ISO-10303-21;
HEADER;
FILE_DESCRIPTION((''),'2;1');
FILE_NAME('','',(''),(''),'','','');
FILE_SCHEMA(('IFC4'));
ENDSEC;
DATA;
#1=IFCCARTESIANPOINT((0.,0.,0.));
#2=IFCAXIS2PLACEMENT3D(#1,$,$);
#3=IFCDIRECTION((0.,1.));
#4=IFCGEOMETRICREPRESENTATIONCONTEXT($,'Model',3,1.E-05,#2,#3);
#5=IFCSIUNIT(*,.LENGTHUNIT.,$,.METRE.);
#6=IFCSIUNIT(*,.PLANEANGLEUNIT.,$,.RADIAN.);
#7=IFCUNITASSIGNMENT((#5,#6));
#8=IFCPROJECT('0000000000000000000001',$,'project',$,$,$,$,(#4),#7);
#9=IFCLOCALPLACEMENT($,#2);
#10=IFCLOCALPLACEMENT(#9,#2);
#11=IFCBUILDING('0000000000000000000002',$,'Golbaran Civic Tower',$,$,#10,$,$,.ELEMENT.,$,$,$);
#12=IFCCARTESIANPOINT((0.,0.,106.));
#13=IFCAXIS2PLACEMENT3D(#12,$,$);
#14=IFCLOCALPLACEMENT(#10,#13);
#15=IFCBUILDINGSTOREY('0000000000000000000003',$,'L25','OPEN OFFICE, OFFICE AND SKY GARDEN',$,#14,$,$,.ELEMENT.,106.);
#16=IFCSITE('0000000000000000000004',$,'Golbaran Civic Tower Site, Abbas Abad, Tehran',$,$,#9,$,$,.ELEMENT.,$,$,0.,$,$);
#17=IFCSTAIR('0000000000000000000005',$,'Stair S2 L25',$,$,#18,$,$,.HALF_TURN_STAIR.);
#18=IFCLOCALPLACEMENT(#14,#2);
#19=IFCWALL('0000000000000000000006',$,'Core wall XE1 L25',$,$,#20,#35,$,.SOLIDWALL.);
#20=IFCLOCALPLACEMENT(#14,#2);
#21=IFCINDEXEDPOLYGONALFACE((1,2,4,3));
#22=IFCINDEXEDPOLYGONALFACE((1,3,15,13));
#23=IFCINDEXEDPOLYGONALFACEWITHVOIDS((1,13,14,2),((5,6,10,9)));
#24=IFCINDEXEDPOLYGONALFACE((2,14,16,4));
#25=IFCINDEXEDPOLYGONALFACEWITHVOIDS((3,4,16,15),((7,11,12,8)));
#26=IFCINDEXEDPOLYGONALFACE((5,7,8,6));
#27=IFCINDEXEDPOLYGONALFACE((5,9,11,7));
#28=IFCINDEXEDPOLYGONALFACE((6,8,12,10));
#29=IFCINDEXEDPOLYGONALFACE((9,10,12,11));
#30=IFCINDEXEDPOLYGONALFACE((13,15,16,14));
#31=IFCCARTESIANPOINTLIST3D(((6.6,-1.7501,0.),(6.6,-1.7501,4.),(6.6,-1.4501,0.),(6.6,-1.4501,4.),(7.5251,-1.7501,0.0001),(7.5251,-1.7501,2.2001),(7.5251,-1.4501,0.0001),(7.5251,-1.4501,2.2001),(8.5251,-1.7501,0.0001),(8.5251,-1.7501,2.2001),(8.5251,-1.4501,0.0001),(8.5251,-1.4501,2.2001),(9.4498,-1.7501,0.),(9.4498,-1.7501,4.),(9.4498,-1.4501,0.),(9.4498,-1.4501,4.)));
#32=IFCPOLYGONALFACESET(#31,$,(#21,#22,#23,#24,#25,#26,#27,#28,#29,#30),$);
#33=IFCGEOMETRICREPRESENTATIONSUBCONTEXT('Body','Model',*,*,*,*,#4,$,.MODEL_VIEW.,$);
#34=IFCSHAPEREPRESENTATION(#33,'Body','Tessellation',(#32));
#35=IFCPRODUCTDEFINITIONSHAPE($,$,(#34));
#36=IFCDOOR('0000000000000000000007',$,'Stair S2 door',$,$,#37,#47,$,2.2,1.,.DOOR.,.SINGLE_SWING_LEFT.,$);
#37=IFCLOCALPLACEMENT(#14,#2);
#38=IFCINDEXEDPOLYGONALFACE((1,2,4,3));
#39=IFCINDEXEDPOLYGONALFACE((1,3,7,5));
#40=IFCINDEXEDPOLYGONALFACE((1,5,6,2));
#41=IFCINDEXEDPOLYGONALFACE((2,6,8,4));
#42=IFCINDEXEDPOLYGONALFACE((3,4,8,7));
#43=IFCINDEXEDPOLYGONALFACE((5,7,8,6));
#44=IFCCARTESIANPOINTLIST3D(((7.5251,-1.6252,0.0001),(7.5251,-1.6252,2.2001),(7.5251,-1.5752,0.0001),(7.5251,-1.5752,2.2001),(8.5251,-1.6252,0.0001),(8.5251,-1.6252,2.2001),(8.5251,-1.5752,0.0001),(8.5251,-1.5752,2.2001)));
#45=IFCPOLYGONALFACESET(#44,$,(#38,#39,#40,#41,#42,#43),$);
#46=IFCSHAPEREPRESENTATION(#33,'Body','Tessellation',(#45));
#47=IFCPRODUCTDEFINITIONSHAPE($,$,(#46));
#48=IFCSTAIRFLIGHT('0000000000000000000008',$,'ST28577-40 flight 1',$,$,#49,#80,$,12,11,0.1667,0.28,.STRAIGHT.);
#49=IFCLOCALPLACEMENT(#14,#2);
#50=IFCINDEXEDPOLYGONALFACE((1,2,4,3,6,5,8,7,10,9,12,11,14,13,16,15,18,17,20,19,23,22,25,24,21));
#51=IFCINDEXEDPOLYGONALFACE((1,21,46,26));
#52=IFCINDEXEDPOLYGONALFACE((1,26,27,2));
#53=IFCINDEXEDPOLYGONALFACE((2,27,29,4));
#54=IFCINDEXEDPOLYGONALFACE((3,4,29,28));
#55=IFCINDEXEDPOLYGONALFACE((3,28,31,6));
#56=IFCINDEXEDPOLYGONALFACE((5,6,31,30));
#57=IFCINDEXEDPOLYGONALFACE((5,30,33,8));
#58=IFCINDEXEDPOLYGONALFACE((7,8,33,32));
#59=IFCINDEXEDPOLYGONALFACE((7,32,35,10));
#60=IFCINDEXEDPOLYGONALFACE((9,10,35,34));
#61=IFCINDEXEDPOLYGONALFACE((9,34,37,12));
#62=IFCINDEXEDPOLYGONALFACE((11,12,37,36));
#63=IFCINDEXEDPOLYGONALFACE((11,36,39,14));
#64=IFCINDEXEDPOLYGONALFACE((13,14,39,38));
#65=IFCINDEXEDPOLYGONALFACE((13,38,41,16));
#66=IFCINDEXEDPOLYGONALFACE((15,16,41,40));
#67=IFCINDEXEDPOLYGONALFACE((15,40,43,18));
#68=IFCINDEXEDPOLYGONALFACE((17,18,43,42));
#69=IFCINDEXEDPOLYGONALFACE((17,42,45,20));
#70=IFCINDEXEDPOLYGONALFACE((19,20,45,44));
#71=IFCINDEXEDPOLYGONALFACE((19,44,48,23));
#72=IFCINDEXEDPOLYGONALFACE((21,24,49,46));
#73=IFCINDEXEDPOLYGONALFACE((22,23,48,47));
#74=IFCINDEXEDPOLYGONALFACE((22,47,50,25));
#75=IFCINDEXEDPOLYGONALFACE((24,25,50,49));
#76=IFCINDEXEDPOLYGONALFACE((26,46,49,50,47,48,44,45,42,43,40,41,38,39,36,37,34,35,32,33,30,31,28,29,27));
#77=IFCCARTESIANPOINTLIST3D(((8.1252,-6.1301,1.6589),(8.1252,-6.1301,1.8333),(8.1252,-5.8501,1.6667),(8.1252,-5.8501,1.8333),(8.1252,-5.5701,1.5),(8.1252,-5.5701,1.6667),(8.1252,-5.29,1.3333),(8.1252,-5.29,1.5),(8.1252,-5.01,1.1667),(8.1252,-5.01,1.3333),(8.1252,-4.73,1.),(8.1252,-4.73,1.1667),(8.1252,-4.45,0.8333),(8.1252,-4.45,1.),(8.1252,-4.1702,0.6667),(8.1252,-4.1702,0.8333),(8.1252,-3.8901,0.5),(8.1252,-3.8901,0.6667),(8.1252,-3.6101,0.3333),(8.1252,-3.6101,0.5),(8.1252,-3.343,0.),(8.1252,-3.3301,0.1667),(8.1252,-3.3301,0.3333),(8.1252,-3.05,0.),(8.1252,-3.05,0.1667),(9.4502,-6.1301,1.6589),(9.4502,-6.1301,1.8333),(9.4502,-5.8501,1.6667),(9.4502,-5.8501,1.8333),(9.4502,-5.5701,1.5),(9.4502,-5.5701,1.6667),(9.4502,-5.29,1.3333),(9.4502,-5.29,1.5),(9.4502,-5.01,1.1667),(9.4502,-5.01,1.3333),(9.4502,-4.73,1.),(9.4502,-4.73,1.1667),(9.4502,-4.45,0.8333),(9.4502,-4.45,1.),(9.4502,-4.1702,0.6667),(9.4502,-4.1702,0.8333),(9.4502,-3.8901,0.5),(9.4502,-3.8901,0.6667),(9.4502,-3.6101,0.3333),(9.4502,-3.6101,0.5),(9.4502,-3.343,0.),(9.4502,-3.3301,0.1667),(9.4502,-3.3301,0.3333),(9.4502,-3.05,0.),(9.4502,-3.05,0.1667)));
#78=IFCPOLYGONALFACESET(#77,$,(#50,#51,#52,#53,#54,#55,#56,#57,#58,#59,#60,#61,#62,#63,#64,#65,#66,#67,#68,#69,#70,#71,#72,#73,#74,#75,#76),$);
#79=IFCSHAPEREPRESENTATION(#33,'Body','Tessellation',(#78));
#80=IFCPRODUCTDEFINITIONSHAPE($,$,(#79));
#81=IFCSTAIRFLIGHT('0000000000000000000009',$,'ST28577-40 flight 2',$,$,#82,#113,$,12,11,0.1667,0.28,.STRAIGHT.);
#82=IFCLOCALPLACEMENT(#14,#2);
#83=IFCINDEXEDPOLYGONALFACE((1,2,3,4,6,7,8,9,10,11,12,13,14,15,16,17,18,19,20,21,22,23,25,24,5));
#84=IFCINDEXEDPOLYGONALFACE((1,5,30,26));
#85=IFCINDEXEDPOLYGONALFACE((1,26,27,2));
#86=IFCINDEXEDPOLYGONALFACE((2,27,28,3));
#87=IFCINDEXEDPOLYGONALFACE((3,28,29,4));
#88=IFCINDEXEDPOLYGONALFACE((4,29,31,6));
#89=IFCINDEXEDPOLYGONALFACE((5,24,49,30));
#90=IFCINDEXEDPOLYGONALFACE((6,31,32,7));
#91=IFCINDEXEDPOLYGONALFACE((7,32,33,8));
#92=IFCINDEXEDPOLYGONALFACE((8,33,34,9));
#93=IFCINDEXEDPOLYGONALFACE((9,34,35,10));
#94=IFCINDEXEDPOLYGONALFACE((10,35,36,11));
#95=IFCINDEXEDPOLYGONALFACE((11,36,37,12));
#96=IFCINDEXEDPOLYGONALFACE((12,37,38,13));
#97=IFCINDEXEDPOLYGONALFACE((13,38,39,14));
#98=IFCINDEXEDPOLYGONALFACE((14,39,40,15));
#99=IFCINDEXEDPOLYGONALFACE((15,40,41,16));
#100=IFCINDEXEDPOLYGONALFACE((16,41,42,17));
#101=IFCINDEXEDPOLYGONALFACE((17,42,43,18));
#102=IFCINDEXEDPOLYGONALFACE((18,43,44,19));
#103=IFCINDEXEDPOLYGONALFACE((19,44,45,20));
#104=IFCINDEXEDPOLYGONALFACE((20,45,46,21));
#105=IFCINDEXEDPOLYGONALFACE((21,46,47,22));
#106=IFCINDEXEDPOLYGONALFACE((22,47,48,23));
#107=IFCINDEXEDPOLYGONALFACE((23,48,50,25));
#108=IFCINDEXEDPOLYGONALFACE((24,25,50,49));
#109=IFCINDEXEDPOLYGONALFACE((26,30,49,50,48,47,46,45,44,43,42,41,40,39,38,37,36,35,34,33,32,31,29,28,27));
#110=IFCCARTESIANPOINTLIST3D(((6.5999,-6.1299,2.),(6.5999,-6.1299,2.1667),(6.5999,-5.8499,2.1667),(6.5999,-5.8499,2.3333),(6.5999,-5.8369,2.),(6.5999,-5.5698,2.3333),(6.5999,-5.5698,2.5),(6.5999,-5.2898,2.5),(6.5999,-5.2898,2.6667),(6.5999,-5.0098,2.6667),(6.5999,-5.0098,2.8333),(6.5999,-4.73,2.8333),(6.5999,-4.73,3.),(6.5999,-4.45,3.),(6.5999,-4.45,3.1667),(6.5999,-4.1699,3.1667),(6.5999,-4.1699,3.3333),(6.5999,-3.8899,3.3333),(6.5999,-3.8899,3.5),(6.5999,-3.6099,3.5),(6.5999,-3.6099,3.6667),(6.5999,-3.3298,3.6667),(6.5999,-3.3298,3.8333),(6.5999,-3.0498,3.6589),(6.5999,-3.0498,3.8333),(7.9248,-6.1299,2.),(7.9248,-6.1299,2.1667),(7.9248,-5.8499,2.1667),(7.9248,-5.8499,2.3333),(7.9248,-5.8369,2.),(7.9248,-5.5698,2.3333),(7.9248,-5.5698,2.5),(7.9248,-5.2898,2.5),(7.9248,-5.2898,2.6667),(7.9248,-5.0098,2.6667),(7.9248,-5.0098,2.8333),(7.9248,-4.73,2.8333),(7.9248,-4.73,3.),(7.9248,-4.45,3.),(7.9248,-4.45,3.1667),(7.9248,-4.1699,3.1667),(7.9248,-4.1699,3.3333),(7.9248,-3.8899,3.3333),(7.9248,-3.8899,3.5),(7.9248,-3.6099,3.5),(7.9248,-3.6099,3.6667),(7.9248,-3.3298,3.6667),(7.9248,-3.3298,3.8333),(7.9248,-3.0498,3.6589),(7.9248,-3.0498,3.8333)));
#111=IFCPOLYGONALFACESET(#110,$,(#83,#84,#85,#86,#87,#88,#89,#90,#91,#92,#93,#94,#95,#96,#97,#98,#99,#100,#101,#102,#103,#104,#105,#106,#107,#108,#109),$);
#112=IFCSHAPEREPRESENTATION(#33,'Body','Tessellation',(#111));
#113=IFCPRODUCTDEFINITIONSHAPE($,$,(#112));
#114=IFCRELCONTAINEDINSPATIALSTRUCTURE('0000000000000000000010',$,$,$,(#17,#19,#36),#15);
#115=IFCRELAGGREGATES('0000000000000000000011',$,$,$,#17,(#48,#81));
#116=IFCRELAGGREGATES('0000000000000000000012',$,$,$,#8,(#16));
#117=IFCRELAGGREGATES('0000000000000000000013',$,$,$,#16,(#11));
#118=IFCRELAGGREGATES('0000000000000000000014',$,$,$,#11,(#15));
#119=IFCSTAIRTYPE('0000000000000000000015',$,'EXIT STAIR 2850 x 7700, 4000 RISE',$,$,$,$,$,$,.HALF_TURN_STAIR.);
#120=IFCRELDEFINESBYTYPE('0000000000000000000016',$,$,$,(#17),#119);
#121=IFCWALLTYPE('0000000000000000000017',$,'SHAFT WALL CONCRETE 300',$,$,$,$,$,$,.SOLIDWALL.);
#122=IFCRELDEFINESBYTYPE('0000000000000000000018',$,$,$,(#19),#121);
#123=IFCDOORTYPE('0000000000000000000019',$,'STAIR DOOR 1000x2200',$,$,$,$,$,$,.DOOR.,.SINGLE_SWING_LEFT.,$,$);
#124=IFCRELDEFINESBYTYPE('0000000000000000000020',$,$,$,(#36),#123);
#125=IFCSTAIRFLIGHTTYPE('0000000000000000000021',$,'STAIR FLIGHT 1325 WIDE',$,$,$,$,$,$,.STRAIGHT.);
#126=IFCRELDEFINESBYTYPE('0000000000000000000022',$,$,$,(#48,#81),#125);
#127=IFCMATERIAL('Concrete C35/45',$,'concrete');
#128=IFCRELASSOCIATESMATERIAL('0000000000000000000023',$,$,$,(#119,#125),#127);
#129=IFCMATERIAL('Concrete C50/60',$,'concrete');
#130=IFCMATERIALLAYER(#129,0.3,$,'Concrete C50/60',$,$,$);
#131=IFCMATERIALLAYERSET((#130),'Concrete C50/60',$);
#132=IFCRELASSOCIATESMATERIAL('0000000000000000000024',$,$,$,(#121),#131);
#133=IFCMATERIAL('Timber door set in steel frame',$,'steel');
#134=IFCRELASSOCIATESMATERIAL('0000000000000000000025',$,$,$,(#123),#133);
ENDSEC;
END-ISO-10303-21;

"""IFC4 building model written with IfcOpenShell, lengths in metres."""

from ifc_helpers import new_model, si_unit, direction, frame, frame_2d, origin, place, context, subcontext, project, spatial, polyline, rectangle, outline, extrude, material, layer, layer_set, type_object, element, fill, aggregate, save


model = new_model("IFC4")

# Units and contexts
model_context = context("Model", 3, precision=1e-05, world=origin(), true_north=direction((0.0, 1.0)))
body_context = subcontext(model_context, "Body", "Model", "MODEL_VIEW")
ifc_project = project(units=[si_unit("LENGTHUNIT", "METRE"), si_unit("PLANEANGLEUNIT", "RADIAN")], contexts=[model_context])

# Site, building, storey
site_placement = place(None, origin())
site = spatial("IfcSite", under=ifc_project, at=site_placement, Name="Golbaran Civic Tower Site, Abbas Abad, Tehran", CompositionType="ELEMENT", RefElevation=0.0)
building_placement = place(site_placement, origin())
building = spatial("IfcBuilding", under=site, at=building_placement, Name="Golbaran Civic Tower", CompositionType="ELEMENT")
storey_placement = place(building_placement, frame((0.0, 0.0, 106.0)))
storey = spatial("IfcBuildingStorey", under=building, at=storey_placement, Name="L25", Description="OPEN OFFICE, OFFICE AND SKY GARDEN", CompositionType="ELEMENT", Elevation=106.0)

# Shared definitions
ifc_material_1 = material(Name="Concrete C35/45", Category="concrete")

# Stair
stair_type = type_object("IfcStairType", Name="EXIT STAIR 2850 x 7700, 4000 RISE", PredefinedType="HALF_TURN_STAIR", material=ifc_material_1)
stair_placement = place(storey_placement, origin())
stair = element("IfcStair", 1, at=stair_placement, inside=storey, type_object=stair_type, Name="Stair S2 L25", PredefinedType="HALF_TURN_STAIR")

# Shared definitions
ifc_material_2 = material(Name="Concrete C50/60", Category="concrete")

# Shared definitions
ifc_layer_1 = layer(ifc_material_2, 0.3, Name="Concrete C50/60")
ifc_layer_set_1 = layer_set([ifc_layer_1], Name="Concrete C50/60")
wall_type_1 = type_object("IfcWallType", Name="SHAFT WALL CONCRETE 300", PredefinedType="SOLIDWALL", material=ifc_layer_set_1)

# Shared definitions
ifc_material_3 = material(Name="Timber door set in steel frame", Category="steel")
door_type_1 = type_object("IfcDoorType", Name="STAIR DOOR 1000x2200", OperationType="SINGLE_SWING_LEFT", PredefinedType="DOOR", material=ifc_material_3)

# Wall, opening, door
wall_1_placement = place(storey_placement, frame((6.6001, -1.6001, 0.0), z_axis=(0.0, 0.0, 1.0), x_axis=(1.0, 0.0, 0.0)))
wall_1 = element("IfcWall", 2, at=wall_1_placement, inside=storey, type_object=wall_type_1, Name="Core wall XE1 L25", PredefinedType="SOLIDWALL", context=body_context, shape_type="SweptSolid", body=[
    extrude(rectangle(XDim=2.8499, YDim=0.3, at=frame_2d((1.4248, 0.0))), origin(), (0.0, 0.0, 1.0), 4.0),
])
opening_1_placement = place(wall_1_placement, frame((0.925, 0.0, 0.0)))
opening_1 = element("IfcOpeningElement", 3, at=opening_1_placement, cuts=wall_1, PredefinedType="OPENING", context=body_context, shape_type="SweptSolid", body=[
    extrude(rectangle(XDim=1.0, YDim=2.2, at=frame_2d((0.5, 1.1001))), frame((0.0, 0.1599, 0.0), z_axis=(0.0, -1.0, 0.0), x_axis=(1.0, 0.0, 0.0)), (0.0, 0.0, 1.0), 0.3201),
])
door_1_placement = place(opening_1_placement, origin())
door_1 = element("IfcDoor", 4, at=door_1_placement, inside=storey, type_object=door_type_1, Name="Stair S2 door", OperationType="SINGLE_SWING_LEFT", OverallHeight=2.2, OverallWidth=1.0, PredefinedType="DOOR", context=body_context, shape_type="SweptSolid", body=[
    extrude(rectangle(XDim=1.0, YDim=2.2, at=frame_2d((0.5, 1.1001))), frame((0.0, 0.0249, 0.0), z_axis=(0.0, -1.0, 0.0), x_axis=(1.0, 0.0, 0.0)), (0.0, 0.0, 1.0), 0.05),
])
fill(opening_1, door_1)

# Stair flights
stair_flight_type = type_object("IfcStairFlightType", Name="STAIR FLIGHT 1325 WIDE", PredefinedType="STRAIGHT", material=ifc_material_1)
stair_flight_1_placement = place(storey_placement, frame((8.7876, -3.05, 0.0), z_axis=(0.0, 0.0, 1.0), x_axis=(0.0, -1.0, 0.0)))
stair_flight_1 = element("IfcStairFlight", 5, at=stair_flight_1_placement, type_object=stair_flight_type, Name="ST28577-40 flight 1", NumberOfRisers=12, NumberOfTreads=11, PredefinedType="STRAIGHT", RiserHeight=0.1667, TreadLength=0.28, context=body_context, shape_type="SweptSolid", body=[
    extrude(outline(polyline([(0.0, 0.0), (0.0, 0.1667), (0.28, 0.1667), (0.28, 0.3333), (0.5601, 0.3333), (0.5601, 0.5), (0.8401, 0.5), (0.8401, 0.6667), (1.1201, 0.6667), (1.1201, 0.8333), (1.3999, 0.8333), (1.3999, 1.0), (1.6799, 1.0), (1.6799, 1.1667), (1.96, 1.1667), (1.96, 1.3333), (2.24, 1.3333), (2.24, 1.5), (2.52, 1.5), (2.52, 1.6667), (2.8, 1.6667), (2.8, 1.8333), (3.0801, 1.8333), (3.0801, 2.0), (3.0801, 1.6589), (0.293, 0.0), (0.0, 0.0)])), frame((0.0, 0.6626, 0.0), z_axis=(0.0, -1.0, 0.0), x_axis=(1.0, 0.0, 0.0)), (0.0, 0.0, 1.0), 1.325),
])
stair_flight_2_placement = place(storey_placement, frame((7.2625, -6.1299, 2.0), z_axis=(0.0, 0.0, 1.0), x_axis=(0.0, 1.0, 0.0)))
stair_flight_2 = element("IfcStairFlight", 6, at=stair_flight_2_placement, type_object=stair_flight_type, Name="ST28577-40 flight 2", NumberOfRisers=12, NumberOfTreads=11, PredefinedType="STRAIGHT", RiserHeight=0.1667, TreadLength=0.28, context=body_context, shape_type="SweptSolid", body=[
    extrude(outline(polyline([(0.0, 0.0), (0.0, 0.1667), (0.28, 0.1667), (0.28, 0.3333), (0.5601, 0.3333), (0.5601, 0.5), (0.8401, 0.5), (0.8401, 0.6667), (1.1201, 0.6667), (1.1201, 0.8333), (1.3999, 0.8333), (1.3999, 1.0), (1.6799, 1.0), (1.6799, 1.1667), (1.96, 1.1667), (1.96, 1.3333), (2.24, 1.3333), (2.24, 1.5), (2.52, 1.5), (2.52, 1.6667), (2.8, 1.6667), (2.8, 1.8333), (3.0801, 1.8333), (3.0801, 2.0), (3.0801, 1.6589), (0.293, 0.0), (0.0, 0.0)])), frame((0.0, 0.6626, 0.0), z_axis=(0.0, -1.0, 0.0), x_axis=(1.0, 0.0, 0.0)), (0.0, 0.0, 1.0), 1.325),
])
aggregate(stair, [stair_flight_1, stair_flight_2])

save(model, "model.ifc")
